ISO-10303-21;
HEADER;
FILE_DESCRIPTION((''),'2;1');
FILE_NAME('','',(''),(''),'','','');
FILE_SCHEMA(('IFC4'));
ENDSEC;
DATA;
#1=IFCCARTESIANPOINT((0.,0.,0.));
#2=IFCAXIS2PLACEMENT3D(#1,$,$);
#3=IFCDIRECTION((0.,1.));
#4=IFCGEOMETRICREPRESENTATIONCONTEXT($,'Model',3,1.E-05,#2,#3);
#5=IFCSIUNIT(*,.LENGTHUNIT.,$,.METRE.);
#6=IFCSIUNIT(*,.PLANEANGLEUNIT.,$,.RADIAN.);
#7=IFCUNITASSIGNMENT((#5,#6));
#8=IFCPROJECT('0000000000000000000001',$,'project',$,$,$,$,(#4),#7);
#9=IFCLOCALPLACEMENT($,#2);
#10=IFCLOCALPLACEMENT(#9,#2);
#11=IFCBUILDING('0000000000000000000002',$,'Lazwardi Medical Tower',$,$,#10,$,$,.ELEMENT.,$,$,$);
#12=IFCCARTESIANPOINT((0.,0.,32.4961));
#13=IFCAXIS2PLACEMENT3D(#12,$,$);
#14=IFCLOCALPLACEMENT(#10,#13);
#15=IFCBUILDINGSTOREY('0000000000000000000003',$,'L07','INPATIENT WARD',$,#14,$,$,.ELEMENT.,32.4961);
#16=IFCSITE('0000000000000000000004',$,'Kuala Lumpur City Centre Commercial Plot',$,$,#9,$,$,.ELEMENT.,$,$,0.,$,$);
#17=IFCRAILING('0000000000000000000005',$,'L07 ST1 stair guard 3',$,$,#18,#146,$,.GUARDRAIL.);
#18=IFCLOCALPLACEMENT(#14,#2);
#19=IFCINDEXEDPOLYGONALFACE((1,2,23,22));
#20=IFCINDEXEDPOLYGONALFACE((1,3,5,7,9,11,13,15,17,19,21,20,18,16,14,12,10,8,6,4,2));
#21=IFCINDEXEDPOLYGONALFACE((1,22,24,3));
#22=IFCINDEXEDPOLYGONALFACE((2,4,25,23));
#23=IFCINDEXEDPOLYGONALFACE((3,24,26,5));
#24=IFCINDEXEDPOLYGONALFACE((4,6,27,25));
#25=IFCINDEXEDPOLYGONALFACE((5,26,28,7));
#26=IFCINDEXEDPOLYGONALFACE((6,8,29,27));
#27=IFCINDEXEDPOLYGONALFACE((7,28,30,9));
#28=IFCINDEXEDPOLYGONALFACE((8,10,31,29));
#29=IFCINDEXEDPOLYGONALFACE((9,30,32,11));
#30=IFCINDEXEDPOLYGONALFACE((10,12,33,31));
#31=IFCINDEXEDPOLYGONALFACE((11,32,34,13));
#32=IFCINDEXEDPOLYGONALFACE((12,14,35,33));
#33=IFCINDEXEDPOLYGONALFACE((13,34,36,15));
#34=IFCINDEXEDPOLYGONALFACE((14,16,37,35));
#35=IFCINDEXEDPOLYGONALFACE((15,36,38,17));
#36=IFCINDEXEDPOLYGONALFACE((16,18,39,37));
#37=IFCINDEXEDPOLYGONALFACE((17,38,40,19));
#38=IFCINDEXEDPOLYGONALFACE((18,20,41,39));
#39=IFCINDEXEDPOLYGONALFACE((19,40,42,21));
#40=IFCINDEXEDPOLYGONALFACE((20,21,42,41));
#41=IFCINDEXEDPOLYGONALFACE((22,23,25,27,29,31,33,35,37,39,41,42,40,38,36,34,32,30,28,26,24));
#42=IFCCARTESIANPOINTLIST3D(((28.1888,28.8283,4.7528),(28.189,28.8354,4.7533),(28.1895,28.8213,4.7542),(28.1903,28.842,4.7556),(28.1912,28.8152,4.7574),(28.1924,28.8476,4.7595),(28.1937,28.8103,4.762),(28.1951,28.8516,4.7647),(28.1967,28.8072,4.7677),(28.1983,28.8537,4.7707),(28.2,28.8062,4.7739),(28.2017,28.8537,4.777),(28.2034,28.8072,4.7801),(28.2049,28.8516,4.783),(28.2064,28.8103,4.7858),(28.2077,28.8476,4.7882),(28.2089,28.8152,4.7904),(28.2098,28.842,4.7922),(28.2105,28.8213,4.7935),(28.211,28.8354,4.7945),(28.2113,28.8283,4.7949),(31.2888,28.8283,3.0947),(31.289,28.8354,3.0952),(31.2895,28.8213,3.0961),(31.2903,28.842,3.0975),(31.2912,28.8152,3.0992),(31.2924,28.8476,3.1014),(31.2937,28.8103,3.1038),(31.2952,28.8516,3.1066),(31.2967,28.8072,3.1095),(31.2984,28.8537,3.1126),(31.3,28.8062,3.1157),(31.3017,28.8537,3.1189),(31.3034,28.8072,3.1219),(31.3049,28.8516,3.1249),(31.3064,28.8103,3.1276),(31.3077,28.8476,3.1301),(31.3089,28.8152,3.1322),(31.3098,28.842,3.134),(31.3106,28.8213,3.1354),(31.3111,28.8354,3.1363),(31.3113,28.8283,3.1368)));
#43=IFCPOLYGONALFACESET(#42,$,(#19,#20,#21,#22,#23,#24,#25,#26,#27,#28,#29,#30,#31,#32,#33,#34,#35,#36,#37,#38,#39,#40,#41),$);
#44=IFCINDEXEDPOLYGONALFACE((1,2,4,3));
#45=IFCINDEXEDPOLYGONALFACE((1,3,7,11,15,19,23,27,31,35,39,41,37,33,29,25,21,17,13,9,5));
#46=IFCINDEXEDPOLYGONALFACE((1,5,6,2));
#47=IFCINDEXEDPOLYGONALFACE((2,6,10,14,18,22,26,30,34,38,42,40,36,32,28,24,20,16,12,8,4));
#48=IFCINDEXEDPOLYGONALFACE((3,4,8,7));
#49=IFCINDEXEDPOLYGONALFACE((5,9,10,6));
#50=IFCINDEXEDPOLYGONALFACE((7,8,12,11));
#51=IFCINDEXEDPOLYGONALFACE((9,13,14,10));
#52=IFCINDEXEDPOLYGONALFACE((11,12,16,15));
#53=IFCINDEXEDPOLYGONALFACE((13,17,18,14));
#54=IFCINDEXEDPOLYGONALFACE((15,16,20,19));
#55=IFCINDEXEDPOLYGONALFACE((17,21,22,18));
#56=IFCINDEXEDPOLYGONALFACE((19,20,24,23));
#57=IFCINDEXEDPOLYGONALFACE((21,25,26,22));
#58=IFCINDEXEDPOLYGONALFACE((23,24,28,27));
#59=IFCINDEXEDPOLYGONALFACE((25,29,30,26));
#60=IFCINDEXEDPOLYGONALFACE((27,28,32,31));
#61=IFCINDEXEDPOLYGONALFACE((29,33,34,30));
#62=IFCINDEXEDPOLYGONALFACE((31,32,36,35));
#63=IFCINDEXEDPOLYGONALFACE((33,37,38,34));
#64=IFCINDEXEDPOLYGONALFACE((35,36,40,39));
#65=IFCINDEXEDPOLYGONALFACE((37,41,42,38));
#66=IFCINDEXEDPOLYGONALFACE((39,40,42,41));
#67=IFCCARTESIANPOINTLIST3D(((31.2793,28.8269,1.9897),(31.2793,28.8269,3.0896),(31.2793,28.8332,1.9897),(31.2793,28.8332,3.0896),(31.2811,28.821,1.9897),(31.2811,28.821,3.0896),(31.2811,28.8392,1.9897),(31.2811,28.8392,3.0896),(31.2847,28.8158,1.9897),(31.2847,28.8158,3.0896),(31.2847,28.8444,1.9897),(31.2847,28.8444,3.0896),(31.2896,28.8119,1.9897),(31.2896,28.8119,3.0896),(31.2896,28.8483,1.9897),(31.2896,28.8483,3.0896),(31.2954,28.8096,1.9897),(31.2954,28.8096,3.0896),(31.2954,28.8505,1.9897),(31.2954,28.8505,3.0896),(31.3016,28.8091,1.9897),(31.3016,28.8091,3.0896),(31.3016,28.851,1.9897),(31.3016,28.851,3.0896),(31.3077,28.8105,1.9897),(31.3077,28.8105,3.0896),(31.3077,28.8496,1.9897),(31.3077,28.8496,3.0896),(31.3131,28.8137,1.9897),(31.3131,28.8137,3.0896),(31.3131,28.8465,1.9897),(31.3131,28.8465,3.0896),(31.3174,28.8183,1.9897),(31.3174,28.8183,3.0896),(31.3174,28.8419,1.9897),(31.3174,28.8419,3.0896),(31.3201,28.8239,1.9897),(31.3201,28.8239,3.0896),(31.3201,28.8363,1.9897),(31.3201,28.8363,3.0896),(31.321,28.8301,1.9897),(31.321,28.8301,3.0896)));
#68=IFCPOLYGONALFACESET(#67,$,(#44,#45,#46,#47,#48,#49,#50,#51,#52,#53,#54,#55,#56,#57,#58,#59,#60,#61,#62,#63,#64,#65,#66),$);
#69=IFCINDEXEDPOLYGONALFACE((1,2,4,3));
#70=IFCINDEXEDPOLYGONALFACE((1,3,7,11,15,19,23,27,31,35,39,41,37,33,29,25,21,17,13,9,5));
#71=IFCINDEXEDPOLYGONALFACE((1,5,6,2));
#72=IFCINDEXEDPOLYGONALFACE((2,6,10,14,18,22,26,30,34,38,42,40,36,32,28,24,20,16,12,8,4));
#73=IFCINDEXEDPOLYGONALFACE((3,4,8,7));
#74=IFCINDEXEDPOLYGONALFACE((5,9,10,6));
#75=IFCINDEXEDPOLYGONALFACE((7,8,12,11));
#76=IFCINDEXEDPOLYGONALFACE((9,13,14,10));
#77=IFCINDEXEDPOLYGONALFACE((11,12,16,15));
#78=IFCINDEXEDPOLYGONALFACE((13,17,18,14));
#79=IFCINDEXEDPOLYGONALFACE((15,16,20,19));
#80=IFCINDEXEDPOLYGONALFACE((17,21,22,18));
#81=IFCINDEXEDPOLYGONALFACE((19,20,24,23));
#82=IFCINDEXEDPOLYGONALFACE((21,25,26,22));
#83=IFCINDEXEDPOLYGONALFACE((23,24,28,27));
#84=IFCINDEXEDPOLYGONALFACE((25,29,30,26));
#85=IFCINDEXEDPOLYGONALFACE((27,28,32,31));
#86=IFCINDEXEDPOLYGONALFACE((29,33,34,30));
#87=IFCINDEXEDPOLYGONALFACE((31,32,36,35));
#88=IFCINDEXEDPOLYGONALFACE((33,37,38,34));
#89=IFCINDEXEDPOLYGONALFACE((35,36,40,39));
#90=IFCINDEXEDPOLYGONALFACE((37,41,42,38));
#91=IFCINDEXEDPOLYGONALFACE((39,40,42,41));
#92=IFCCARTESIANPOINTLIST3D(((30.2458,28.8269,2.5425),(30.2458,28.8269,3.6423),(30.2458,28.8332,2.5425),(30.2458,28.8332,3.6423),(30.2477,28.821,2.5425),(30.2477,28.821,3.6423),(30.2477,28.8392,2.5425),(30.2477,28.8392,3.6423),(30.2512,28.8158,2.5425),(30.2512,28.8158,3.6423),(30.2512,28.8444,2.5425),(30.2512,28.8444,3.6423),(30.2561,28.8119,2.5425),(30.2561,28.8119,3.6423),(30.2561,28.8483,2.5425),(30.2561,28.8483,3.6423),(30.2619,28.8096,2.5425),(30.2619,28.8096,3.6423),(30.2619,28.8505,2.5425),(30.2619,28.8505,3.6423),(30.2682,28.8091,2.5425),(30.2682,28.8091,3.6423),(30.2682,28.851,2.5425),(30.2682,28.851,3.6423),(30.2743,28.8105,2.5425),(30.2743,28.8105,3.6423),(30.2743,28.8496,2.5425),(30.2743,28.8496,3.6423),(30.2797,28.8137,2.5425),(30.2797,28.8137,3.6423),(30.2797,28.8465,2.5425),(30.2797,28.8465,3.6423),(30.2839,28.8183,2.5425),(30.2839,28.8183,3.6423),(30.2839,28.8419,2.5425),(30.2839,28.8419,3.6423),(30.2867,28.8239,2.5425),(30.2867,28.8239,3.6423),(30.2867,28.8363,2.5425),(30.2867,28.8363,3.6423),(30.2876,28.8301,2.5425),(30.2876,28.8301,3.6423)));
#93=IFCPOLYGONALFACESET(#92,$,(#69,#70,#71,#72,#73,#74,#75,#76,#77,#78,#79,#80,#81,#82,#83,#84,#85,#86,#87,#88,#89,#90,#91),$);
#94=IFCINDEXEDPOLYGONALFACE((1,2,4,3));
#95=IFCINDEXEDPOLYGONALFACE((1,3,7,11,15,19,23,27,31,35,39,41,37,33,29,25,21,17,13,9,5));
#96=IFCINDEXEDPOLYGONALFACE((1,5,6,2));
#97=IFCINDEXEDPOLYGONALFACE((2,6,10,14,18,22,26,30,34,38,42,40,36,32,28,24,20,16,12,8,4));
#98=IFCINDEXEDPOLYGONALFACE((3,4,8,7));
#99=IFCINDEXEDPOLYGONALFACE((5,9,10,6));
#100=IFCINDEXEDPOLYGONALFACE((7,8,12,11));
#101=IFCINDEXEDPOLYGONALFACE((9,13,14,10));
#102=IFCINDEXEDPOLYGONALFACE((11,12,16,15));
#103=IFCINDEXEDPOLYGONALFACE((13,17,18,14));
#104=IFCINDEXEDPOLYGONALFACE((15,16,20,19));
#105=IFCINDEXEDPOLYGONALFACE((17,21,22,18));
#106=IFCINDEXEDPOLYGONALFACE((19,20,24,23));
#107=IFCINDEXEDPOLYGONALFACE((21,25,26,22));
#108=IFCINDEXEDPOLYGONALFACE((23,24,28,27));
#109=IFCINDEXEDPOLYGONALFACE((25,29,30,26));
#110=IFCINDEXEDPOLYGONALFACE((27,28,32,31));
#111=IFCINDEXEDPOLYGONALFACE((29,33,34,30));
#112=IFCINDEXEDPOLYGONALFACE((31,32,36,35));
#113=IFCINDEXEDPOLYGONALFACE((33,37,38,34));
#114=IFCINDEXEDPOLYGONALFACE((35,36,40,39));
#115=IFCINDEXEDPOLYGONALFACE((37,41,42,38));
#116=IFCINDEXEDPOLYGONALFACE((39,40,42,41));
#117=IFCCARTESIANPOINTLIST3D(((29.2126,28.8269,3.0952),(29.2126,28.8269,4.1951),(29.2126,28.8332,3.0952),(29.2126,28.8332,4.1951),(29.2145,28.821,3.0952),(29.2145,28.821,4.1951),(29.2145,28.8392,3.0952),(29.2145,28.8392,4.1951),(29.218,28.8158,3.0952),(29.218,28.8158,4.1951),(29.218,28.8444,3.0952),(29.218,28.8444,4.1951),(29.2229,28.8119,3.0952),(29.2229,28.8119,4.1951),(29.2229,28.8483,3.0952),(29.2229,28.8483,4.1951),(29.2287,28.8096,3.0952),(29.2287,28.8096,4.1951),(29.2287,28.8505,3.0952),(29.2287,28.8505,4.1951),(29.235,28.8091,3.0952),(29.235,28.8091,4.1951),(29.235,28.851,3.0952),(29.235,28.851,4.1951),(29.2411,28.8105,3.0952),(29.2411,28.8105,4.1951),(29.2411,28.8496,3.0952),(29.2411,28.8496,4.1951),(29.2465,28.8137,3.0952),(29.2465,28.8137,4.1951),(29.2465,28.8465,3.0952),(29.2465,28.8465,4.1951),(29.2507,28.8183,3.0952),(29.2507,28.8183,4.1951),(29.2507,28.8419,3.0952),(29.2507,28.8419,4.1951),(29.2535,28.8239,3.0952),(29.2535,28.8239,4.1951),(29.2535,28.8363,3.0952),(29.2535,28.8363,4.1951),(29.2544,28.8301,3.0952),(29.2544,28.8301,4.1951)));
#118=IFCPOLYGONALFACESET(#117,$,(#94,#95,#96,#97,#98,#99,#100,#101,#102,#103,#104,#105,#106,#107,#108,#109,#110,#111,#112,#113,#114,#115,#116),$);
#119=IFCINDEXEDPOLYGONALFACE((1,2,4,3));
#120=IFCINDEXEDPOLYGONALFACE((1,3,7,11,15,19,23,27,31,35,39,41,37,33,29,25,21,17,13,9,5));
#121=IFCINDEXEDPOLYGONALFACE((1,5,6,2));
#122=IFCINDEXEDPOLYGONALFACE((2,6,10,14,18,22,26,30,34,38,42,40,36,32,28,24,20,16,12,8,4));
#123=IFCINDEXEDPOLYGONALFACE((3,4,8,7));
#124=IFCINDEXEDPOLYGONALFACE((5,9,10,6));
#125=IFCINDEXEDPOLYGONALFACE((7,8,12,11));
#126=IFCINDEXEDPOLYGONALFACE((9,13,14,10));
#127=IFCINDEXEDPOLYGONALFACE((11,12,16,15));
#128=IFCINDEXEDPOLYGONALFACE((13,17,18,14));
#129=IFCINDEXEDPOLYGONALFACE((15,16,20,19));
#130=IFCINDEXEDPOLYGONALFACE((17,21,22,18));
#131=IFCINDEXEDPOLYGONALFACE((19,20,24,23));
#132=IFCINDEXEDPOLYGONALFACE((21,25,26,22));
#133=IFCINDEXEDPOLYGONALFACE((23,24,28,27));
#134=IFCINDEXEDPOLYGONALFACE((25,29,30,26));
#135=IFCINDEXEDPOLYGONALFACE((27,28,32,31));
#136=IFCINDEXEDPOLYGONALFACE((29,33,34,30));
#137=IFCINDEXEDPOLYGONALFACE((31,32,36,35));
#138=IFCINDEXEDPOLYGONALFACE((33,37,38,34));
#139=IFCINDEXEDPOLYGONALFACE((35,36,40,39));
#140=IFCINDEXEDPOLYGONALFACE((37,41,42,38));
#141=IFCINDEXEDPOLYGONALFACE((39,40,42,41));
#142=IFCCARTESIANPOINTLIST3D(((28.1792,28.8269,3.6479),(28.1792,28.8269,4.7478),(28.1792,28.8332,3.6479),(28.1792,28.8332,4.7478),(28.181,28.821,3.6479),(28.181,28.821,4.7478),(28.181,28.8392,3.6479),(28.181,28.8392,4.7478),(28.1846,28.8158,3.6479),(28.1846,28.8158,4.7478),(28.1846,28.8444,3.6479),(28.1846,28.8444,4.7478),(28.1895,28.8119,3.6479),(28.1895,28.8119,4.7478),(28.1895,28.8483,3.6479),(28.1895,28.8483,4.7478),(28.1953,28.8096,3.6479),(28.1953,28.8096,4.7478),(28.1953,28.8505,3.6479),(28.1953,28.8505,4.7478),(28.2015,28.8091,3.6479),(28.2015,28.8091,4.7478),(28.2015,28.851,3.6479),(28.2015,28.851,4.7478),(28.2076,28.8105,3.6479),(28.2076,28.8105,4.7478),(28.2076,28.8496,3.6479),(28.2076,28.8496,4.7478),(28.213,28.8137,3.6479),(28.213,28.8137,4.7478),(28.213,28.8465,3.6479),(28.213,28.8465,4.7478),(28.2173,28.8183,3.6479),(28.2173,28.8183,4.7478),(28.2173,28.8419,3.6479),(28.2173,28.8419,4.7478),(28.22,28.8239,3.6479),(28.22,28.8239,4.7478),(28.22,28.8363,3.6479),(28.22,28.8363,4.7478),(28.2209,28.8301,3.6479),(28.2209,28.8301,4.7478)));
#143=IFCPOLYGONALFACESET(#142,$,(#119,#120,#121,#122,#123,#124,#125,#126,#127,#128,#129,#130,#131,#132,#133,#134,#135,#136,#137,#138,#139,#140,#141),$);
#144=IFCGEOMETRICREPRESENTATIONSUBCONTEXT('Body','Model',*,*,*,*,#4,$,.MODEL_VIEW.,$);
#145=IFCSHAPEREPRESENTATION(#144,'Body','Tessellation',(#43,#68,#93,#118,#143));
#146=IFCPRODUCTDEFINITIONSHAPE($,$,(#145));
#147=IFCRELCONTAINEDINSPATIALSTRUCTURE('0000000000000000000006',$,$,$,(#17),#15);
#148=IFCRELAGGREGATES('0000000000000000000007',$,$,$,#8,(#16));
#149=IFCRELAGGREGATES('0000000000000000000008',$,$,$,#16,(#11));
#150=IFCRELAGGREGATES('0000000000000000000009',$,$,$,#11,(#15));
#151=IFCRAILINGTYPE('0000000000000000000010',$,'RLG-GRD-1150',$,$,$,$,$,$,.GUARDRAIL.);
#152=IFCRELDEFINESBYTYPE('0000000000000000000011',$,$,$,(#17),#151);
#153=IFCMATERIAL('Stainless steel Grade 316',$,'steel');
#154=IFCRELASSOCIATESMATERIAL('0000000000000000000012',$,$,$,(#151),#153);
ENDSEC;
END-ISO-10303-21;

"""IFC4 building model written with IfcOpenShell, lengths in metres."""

from ifc_helpers import new_model, si_unit, direction, frame, origin, origin_2d, place, context, subcontext, project, spatial, circle, extrude, material, type_object, element, save


model = new_model("IFC4")

# Units and contexts
model_context = context("Model", 3, precision=1e-05, world=origin(), true_north=direction((0.0, 1.0)))
body_context = subcontext(model_context, "Body", "Model", "MODEL_VIEW")
ifc_project = project(units=[si_unit("LENGTHUNIT", "METRE"), si_unit("PLANEANGLEUNIT", "RADIAN")], contexts=[model_context])

# Site, building, storey
site_placement = place(None, origin())
site = spatial("IfcSite", under=ifc_project, at=site_placement, Name="Kuala Lumpur City Centre Commercial Plot", CompositionType="ELEMENT", RefElevation=0.0)
building_placement = place(site_placement, origin())
building = spatial("IfcBuilding", under=site, at=building_placement, Name="Lazwardi Medical Tower", CompositionType="ELEMENT")
storey_placement = place(building_placement, frame((0.0, 0.0, 32.4961)))
storey = spatial("IfcBuildingStorey", under=building, at=storey_placement, Name="L07", Description="INPATIENT WARD", CompositionType="ELEMENT", Elevation=32.4961)

# Railing
ifc_material_1 = material(Name="Stainless steel Grade 316", Category="steel")
railing_type_1 = type_object("IfcRailingType", Name="RLG-GRD-1150", PredefinedType="GUARDRAIL", material=ifc_material_1)
railing_1_placement = place(storey_placement, frame((31.3, 28.8301, 1.9897)))
element("IfcRailing", 1, at=railing_1_placement, inside=storey, type_object=railing_type_1, Name="L07 ST1 stair guard 3", PredefinedType="GUARDRAIL", context=body_context, shape_type="SweptSolid", body=[
    extrude(circle(Radius=0.0239, at=origin_2d()), frame((0.0, 0.0, 1.126), z_axis=(-0.881783, 0.0, 0.471655), x_axis=(0.0, -1.0, 0.0)), (0.0, 0.0, 1.0), 3.5156),
    extrude(circle(Radius=0.021, at=origin_2d()), origin(), (0.0, 0.0, 1.0), 1.0999),
    extrude(circle(Radius=0.021, at=origin_2d()), frame((-1.0334, 0.0, 0.5527)), (0.0, 0.0, 1.0), 1.0999),
    extrude(circle(Radius=0.021, at=origin_2d()), frame((-2.0667, 0.0, 1.1055)), (0.0, 0.0, 1.0), 1.0999),
    extrude(circle(Radius=0.021, at=origin_2d()), frame((-3.1001, 0.0, 1.6582)), (0.0, 0.0, 1.0), 1.0999),
])

save(model, "model.ifc")
